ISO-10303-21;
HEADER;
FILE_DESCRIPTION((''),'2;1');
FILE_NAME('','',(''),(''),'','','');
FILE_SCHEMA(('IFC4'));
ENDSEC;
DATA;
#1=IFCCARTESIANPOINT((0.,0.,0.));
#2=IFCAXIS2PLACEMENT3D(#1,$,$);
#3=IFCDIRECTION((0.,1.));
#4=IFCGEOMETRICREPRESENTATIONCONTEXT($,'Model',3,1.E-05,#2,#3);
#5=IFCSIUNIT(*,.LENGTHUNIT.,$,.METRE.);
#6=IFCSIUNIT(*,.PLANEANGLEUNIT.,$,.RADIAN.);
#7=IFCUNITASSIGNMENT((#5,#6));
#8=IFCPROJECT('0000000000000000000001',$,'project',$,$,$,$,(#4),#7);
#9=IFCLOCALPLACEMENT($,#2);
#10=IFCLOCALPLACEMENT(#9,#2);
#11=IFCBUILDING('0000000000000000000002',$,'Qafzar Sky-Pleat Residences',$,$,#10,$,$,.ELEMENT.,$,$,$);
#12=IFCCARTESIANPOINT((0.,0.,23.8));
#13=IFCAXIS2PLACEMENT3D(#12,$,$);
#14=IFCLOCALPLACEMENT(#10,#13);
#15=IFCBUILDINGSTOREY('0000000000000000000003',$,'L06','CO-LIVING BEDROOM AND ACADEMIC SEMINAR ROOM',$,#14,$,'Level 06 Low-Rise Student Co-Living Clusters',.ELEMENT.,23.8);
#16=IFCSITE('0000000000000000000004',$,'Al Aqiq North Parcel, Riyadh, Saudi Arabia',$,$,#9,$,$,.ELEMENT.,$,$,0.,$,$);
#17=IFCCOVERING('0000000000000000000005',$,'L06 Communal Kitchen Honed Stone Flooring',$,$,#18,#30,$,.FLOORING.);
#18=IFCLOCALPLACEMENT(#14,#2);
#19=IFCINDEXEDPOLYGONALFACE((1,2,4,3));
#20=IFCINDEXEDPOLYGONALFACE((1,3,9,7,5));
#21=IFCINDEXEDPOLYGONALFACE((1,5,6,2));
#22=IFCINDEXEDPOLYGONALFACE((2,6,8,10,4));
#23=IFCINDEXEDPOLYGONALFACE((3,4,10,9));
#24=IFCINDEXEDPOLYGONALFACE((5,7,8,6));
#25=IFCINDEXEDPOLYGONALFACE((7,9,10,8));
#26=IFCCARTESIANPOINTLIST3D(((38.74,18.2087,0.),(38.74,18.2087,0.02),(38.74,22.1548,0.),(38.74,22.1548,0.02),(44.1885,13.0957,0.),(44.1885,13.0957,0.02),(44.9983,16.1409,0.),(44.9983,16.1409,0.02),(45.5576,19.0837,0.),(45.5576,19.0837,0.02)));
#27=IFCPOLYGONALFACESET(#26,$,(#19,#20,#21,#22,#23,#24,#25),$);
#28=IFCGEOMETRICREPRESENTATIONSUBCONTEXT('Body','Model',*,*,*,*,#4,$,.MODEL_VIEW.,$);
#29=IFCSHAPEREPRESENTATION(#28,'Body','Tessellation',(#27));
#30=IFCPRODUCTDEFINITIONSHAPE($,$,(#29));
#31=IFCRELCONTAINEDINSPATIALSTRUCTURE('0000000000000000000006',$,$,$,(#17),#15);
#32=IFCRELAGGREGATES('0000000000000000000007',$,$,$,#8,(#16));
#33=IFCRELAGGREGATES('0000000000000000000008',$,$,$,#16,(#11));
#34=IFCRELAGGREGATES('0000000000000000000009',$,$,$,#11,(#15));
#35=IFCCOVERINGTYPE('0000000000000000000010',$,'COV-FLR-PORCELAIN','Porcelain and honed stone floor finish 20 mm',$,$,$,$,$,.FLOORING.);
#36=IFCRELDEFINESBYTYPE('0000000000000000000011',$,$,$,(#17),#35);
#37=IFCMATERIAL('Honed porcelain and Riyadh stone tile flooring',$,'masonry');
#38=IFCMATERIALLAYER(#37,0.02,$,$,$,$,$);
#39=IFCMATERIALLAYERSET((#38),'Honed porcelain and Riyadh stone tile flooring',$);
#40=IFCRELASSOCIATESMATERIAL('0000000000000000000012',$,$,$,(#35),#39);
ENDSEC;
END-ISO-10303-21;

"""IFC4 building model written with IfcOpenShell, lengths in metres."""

from ifc_helpers import new_model, si_unit, direction, frame, origin, place, context, subcontext, project, spatial, polyline, outline, extrude, material, layer, layer_set, type_object, element, save


model = new_model("IFC4")

# Units and contexts
model_context = context("Model", 3, precision=1e-05, world=origin(), true_north=direction((0.0, 1.0)))
body_context = subcontext(model_context, "Body", "Model", "MODEL_VIEW")
ifc_project = project(units=[si_unit("LENGTHUNIT", "METRE"), si_unit("PLANEANGLEUNIT", "RADIAN")], contexts=[model_context])

# Site, building, storey
site_placement = place(None, origin())
site = spatial("IfcSite", under=ifc_project, at=site_placement, Name="Al Aqiq North Parcel, Riyadh, Saudi Arabia", CompositionType="ELEMENT", RefElevation=0.0)
building_placement = place(site_placement, origin())
building = spatial("IfcBuilding", under=site, at=building_placement, Name="Qafzar Sky-Pleat Residences", CompositionType="ELEMENT")
storey_placement = place(building_placement, frame((0.0, 0.0, 23.8)))
storey = spatial("IfcBuildingStorey", under=building, at=storey_placement, Name="L06", Description="CO-LIVING BEDROOM AND ACADEMIC SEMINAR ROOM", LongName="Level 06 Low-Rise Student Co-Living Clusters", CompositionType="ELEMENT", Elevation=23.8)

# Covering
ifc_material_1 = material(Name="Honed porcelain and Riyadh stone tile flooring", Category="masonry")
ifc_layer_1 = layer(ifc_material_1, 0.02)
ifc_layer_set_1 = layer_set([ifc_layer_1], Name="Honed porcelain and Riyadh stone tile flooring")
covering_type_1 = type_object("IfcCoveringType", Name="COV-FLR-PORCELAIN", Description="Porcelain and honed stone floor finish 20 mm", PredefinedType="FLOORING", material=ifc_layer_set_1)
covering_1_placement = place(storey_placement, origin())
element("IfcCovering", 1, at=covering_1_placement, inside=storey, type_object=covering_type_1, Name="L06 Communal Kitchen Honed Stone Flooring", PredefinedType="FLOORING", context=body_context, shape_type="SweptSolid", body=[
    extrude(outline(polyline([(44.1885, 13.0957), (38.74, 18.2087), (38.74, 22.1548), (45.5576, 19.0837), (44.9983, 16.1409), (44.1885, 13.0957)])), origin(), (0.0, 0.0, 1.0), 0.02),
])

save(model, "model.ifc")
